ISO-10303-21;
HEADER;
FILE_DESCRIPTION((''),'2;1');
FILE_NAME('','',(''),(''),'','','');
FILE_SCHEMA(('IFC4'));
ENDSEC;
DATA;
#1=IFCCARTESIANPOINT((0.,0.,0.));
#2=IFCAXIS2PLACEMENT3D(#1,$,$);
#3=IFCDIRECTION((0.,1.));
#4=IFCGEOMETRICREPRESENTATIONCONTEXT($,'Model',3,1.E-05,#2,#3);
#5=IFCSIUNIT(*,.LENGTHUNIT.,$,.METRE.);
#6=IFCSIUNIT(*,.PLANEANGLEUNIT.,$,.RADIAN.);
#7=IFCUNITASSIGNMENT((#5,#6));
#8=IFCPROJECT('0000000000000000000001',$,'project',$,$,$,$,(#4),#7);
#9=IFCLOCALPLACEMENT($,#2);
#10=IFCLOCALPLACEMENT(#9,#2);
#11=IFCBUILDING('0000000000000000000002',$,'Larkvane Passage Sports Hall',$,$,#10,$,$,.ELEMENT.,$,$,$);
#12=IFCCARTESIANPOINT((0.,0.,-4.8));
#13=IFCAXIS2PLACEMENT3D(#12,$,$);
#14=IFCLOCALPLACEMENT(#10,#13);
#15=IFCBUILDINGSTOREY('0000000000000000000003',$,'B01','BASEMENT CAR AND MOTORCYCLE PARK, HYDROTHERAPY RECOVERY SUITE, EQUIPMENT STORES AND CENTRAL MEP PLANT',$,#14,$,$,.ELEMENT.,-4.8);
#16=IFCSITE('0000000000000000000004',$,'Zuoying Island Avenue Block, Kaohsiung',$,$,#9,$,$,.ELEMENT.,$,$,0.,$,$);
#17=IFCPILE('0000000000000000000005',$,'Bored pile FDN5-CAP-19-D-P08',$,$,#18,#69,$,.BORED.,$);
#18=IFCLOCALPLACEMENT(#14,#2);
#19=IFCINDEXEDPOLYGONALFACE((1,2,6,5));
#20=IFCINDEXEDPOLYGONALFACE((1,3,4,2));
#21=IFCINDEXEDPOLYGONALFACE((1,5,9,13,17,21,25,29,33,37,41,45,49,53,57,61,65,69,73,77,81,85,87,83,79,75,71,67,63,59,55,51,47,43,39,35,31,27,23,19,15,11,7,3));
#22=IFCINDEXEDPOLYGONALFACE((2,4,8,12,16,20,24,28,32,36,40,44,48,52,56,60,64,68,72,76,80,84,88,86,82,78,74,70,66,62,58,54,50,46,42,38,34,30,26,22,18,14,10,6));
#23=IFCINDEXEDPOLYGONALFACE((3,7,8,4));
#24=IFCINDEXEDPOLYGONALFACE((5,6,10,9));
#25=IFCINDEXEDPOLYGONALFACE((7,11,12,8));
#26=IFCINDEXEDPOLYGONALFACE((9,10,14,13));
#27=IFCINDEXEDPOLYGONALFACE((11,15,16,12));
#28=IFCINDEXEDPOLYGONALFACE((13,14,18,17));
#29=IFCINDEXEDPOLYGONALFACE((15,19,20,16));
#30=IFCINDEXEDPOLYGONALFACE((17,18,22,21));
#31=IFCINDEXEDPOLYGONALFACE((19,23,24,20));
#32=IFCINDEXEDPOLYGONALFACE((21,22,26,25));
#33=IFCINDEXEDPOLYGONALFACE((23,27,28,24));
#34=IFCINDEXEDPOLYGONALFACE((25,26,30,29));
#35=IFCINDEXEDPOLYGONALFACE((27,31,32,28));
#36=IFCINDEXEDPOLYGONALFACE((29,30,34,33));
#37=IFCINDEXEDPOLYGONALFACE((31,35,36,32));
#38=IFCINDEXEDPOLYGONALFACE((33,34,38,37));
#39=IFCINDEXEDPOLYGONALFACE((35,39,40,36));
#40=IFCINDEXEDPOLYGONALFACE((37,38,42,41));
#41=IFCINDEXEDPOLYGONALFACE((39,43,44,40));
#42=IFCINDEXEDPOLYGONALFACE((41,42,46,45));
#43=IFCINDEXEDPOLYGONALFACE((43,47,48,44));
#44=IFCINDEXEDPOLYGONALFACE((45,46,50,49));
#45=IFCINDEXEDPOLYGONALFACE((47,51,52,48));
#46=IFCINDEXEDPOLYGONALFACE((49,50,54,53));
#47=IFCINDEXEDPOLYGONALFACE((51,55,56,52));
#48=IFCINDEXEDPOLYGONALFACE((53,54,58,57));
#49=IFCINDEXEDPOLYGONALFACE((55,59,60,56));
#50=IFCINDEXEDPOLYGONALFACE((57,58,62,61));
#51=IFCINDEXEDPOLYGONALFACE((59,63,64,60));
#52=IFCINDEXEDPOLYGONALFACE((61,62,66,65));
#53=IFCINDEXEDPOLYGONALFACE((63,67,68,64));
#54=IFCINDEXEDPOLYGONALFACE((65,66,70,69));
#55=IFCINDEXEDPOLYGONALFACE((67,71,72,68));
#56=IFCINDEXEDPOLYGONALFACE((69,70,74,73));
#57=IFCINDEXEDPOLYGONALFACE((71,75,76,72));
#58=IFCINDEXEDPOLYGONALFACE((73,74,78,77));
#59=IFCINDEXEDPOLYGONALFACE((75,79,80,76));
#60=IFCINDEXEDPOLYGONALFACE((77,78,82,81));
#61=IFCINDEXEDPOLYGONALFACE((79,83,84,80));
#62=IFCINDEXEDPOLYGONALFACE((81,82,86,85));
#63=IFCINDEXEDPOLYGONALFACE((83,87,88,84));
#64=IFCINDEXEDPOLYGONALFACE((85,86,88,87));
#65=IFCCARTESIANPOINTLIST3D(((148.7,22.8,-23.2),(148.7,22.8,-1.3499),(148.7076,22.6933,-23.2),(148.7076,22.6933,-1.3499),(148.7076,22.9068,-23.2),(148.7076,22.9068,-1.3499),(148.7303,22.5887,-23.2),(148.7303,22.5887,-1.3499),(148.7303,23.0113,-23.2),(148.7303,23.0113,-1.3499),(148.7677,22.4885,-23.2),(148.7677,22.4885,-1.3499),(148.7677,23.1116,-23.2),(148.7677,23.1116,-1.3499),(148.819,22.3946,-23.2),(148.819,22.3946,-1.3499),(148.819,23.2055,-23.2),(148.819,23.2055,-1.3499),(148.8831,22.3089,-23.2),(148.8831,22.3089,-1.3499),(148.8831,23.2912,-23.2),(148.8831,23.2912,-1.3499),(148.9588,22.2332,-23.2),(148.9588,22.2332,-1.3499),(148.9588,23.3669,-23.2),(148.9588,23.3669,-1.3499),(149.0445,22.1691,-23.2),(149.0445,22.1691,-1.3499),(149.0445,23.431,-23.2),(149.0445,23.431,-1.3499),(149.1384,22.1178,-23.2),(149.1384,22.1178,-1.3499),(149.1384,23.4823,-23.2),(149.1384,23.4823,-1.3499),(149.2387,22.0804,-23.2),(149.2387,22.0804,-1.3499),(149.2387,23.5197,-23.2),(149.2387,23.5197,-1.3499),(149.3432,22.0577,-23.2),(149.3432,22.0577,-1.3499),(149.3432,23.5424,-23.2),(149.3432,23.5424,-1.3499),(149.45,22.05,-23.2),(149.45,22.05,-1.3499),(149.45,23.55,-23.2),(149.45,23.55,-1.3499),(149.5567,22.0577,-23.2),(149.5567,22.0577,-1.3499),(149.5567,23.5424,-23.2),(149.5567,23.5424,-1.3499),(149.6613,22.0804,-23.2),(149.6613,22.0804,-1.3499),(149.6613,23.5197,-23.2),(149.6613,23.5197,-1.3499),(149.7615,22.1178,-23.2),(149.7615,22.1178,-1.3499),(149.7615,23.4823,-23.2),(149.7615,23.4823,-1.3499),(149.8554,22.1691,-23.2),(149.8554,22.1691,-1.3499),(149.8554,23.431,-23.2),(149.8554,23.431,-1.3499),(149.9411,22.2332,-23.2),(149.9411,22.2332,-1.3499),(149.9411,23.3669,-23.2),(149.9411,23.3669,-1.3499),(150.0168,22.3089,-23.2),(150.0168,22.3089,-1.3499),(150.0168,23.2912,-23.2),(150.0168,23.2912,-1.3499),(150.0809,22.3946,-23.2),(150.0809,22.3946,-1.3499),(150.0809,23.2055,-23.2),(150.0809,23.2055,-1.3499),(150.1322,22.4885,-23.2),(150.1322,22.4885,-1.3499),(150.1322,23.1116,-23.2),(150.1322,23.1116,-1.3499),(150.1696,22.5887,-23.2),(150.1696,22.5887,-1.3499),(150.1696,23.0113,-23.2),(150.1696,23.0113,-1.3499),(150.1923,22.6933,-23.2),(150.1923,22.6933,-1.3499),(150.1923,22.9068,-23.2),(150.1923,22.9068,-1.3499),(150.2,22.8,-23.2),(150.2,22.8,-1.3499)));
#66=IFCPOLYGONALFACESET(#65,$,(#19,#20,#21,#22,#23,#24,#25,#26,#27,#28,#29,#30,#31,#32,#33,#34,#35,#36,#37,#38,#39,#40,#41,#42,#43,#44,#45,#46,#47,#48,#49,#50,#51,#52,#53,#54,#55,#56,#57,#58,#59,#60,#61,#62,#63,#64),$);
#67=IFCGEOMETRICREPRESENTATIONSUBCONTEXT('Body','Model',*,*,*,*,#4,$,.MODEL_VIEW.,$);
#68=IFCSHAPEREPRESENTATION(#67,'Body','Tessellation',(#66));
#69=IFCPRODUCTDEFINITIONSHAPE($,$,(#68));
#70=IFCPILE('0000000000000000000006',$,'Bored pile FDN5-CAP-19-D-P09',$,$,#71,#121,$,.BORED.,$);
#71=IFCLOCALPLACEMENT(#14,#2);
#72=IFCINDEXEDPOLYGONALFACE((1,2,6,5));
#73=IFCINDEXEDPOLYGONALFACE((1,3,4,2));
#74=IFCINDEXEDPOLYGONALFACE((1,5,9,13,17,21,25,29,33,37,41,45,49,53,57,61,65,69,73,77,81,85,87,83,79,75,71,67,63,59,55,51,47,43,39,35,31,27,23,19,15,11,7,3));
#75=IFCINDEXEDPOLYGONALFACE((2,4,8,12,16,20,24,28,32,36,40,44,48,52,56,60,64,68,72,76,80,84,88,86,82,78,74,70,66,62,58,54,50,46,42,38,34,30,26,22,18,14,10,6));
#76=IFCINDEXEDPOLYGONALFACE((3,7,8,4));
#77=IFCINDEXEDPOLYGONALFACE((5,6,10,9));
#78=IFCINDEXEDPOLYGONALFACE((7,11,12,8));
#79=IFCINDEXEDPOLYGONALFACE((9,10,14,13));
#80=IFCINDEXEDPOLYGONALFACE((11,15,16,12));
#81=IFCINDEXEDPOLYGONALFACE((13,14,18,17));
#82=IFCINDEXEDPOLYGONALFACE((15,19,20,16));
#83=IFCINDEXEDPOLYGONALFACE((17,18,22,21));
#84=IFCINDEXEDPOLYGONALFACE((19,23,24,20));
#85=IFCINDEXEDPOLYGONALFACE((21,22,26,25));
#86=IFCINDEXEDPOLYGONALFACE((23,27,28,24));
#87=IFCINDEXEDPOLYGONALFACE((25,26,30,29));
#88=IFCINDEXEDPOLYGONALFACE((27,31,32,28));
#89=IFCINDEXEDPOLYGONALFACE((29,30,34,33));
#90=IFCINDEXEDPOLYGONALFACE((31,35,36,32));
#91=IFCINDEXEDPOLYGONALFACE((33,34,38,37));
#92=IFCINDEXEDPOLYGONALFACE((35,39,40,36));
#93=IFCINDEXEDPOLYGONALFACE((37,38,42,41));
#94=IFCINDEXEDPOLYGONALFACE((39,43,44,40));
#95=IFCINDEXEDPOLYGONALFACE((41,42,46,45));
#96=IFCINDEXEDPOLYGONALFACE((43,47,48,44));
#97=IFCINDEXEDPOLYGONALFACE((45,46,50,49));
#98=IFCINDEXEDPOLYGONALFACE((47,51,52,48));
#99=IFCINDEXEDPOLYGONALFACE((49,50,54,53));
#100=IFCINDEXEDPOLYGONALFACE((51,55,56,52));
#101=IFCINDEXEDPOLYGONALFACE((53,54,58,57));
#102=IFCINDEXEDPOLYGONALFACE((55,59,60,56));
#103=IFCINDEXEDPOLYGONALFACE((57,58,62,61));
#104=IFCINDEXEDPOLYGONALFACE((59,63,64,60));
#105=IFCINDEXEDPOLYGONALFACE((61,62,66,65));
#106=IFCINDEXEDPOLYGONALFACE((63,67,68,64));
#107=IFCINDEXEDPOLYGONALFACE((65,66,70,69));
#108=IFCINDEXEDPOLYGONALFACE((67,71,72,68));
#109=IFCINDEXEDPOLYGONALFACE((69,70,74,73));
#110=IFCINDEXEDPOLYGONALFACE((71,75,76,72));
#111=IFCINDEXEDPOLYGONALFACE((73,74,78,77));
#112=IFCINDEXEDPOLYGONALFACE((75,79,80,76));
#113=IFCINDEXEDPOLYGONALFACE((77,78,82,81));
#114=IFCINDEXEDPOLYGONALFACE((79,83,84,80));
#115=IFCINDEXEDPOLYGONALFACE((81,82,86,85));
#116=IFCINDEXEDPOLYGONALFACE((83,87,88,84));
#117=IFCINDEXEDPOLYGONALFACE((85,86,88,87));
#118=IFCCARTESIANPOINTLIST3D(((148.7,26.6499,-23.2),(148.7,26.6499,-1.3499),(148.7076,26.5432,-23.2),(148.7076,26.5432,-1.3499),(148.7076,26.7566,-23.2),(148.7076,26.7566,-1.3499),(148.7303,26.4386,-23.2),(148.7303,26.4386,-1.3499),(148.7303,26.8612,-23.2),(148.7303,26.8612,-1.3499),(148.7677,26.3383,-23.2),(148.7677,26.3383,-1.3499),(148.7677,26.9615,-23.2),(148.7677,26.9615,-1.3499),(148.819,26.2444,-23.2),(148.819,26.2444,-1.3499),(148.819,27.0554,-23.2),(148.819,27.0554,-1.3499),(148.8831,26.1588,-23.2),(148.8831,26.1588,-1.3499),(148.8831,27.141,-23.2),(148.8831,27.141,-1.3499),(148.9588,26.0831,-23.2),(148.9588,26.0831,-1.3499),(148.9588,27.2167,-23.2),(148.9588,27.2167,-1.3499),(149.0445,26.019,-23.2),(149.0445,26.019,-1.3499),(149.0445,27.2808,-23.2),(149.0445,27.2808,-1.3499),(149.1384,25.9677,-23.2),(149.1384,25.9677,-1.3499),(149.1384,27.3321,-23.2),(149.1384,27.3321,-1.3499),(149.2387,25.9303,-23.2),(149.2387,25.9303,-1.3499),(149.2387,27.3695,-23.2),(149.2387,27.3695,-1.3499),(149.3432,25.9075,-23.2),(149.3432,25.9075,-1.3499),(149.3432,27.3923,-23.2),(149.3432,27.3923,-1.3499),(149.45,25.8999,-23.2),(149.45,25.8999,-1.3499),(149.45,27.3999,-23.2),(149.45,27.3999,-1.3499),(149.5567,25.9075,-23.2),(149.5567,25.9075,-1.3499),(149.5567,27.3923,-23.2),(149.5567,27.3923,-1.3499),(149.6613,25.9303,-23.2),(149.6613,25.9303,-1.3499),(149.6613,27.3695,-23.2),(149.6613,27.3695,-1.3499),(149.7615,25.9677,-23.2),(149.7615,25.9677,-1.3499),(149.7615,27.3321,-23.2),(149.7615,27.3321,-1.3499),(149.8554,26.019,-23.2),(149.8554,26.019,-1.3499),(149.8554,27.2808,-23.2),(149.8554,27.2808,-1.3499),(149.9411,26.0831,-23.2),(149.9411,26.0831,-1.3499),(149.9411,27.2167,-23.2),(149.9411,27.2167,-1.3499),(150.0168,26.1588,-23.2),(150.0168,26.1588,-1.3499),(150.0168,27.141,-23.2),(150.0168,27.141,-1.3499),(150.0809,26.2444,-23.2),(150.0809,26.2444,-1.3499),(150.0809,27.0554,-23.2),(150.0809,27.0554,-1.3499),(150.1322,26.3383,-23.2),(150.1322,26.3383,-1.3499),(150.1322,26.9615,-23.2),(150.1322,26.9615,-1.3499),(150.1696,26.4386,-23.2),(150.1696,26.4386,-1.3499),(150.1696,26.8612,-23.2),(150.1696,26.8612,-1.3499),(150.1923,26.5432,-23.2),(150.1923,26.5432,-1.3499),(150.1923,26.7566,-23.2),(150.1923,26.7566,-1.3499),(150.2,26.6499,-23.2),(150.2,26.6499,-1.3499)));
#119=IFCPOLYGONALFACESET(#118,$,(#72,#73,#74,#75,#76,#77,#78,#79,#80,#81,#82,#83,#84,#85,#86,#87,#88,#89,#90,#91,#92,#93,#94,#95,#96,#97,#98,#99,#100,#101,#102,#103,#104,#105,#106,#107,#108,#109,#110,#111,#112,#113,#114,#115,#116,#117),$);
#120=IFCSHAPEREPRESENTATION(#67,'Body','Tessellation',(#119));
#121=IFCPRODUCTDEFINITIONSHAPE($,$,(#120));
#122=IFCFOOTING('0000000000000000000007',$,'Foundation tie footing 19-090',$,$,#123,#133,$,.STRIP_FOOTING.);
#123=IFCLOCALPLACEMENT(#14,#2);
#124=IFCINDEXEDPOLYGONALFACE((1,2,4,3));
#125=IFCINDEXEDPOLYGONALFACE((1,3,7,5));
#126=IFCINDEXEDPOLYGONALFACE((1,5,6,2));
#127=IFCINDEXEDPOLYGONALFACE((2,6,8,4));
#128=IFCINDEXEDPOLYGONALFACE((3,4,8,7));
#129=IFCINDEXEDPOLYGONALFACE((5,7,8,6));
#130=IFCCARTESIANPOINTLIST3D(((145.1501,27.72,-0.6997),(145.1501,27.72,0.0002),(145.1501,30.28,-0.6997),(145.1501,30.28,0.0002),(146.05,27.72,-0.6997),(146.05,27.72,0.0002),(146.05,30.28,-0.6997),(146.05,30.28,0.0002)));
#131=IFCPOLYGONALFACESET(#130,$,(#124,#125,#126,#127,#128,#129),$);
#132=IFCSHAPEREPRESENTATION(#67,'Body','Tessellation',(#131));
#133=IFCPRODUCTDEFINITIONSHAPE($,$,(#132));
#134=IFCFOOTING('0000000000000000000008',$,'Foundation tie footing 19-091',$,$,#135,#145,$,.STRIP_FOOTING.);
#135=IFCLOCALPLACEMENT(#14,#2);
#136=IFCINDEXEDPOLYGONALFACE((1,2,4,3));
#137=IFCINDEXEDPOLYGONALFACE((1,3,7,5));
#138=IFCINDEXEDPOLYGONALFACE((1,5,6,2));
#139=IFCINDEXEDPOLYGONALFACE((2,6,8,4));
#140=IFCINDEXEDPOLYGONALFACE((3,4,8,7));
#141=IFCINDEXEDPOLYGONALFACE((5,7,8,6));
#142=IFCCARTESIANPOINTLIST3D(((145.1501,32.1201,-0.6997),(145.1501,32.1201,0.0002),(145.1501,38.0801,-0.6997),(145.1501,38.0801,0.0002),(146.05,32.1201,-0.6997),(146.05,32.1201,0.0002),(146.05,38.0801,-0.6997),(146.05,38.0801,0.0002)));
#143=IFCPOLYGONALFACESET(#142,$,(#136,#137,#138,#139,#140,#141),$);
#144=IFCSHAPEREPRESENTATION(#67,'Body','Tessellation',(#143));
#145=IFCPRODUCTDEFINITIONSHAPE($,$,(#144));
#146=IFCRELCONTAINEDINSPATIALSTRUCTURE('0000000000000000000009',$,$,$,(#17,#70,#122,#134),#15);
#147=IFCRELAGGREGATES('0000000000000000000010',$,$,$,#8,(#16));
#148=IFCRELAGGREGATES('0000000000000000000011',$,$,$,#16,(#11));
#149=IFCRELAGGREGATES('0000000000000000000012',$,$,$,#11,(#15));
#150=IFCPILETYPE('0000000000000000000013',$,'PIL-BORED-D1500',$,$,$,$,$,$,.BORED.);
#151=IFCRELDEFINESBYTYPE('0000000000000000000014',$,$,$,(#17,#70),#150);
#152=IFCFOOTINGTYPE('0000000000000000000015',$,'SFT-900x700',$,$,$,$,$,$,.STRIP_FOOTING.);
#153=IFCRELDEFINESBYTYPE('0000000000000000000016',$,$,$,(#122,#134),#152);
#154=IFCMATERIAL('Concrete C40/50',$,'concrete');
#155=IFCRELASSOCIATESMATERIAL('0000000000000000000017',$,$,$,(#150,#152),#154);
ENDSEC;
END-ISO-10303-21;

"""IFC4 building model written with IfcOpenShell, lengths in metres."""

from ifc_helpers import new_model, si_unit, direction, frame, origin, origin_2d, place, context, subcontext, project, spatial, rectangle, circle, extrude, material, material_profile, profile_set, type_object, element, save


model = new_model("IFC4")

# Units and contexts
model_context = context("Model", 3, precision=1e-05, world=origin(), true_north=direction((0.0, 1.0)))
body_context = subcontext(model_context, "Body", "Model", "MODEL_VIEW")
ifc_project = project(units=[si_unit("LENGTHUNIT", "METRE"), si_unit("PLANEANGLEUNIT", "RADIAN")], contexts=[model_context])

# Site, building, storey
site_placement = place(None, origin())
site = spatial("IfcSite", under=ifc_project, at=site_placement, Name="Zuoying Island Avenue Block, Kaohsiung", CompositionType="ELEMENT", RefElevation=0.0)
building_placement = place(site_placement, origin())
building = spatial("IfcBuilding", under=site, at=building_placement, Name="Larkvane Passage Sports Hall", CompositionType="ELEMENT")
storey_placement = place(building_placement, frame((0.0, 0.0, -4.8)))
storey = spatial("IfcBuildingStorey", under=building, at=storey_placement, Name="B01", Description="BASEMENT CAR AND MOTORCYCLE PARK, HYDROTHERAPY RECOVERY SUITE, EQUIPMENT STORES AND CENTRAL MEP PLANT", CompositionType="ELEMENT", Elevation=-4.8)

# Shared definitions
ifc_material_1 = material(Name="Concrete C40/50", Category="concrete")

# Piles
ifc_material_profile_1 = material_profile(ifc_material_1, circle(Radius=0.75, at=origin_2d()), Name="PILE-D1500")
ifc_profile_set_1 = profile_set([ifc_material_profile_1], Name="Concrete C40/50")
pile_type_1 = type_object("IfcPileType", Name="PIL-BORED-D1500", PredefinedType="BORED", material=ifc_profile_set_1)
for number, where, z_axis, x_axis, name in (
    (1, (149.45, 22.8, -1.3499), (0.0, 0.0, -1.0), (1.0, 0.0, 0.0), "Bored pile FDN5-CAP-19-D-P08"),
    (2, (149.45, 26.6499, -1.3499), (0.0, 0.0, -1.0), (1.0, 0.0, 0.0), "Bored pile FDN5-CAP-19-D-P09"),
):
    element("IfcPile", number, at=place(storey_placement, frame(where, z_axis=z_axis, x_axis=x_axis)), inside=storey, type_object=pile_type_1, Name=name, PredefinedType="BORED", context=body_context, shape_type="SweptSolid", body=[
        extrude(circle(Radius=0.75, at=origin_2d()), origin(), (0.0, 0.0, 1.0), 21.8501),
    ])

# Footings
footing_type_1 = type_object("IfcFootingType", Name="SFT-900x700", PredefinedType="STRIP_FOOTING", material=ifc_material_1)
footing_1_placement = place(storey_placement, frame((145.6001, 29.0, -0.6997), z_axis=(0.0, 0.0, 1.0), x_axis=(1.0, 0.0, 0.0)))
element("IfcFooting", 3, at=footing_1_placement, inside=storey, type_object=footing_type_1, Name="Foundation tie footing 19-090", PredefinedType="STRIP_FOOTING", context=body_context, shape_type="SweptSolid", body=[
    extrude(rectangle(XDim=0.8999, YDim=2.5601, at=origin_2d()), origin(), (0.0, 0.0, 1.0), 0.7),
])
footing_2_placement = place(storey_placement, frame((145.6001, 35.1001, -0.6997), z_axis=(0.0, 0.0, 1.0), x_axis=(1.0, 0.0, 0.0)))
element("IfcFooting", 4, at=footing_2_placement, inside=storey, type_object=footing_type_1, Name="Foundation tie footing 19-091", PredefinedType="STRIP_FOOTING", context=body_context, shape_type="SweptSolid", body=[
    extrude(rectangle(XDim=0.8999, YDim=5.96, at=origin_2d()), origin(), (0.0, 0.0, 1.0), 0.7),
])

save(model, "model.ifc")
